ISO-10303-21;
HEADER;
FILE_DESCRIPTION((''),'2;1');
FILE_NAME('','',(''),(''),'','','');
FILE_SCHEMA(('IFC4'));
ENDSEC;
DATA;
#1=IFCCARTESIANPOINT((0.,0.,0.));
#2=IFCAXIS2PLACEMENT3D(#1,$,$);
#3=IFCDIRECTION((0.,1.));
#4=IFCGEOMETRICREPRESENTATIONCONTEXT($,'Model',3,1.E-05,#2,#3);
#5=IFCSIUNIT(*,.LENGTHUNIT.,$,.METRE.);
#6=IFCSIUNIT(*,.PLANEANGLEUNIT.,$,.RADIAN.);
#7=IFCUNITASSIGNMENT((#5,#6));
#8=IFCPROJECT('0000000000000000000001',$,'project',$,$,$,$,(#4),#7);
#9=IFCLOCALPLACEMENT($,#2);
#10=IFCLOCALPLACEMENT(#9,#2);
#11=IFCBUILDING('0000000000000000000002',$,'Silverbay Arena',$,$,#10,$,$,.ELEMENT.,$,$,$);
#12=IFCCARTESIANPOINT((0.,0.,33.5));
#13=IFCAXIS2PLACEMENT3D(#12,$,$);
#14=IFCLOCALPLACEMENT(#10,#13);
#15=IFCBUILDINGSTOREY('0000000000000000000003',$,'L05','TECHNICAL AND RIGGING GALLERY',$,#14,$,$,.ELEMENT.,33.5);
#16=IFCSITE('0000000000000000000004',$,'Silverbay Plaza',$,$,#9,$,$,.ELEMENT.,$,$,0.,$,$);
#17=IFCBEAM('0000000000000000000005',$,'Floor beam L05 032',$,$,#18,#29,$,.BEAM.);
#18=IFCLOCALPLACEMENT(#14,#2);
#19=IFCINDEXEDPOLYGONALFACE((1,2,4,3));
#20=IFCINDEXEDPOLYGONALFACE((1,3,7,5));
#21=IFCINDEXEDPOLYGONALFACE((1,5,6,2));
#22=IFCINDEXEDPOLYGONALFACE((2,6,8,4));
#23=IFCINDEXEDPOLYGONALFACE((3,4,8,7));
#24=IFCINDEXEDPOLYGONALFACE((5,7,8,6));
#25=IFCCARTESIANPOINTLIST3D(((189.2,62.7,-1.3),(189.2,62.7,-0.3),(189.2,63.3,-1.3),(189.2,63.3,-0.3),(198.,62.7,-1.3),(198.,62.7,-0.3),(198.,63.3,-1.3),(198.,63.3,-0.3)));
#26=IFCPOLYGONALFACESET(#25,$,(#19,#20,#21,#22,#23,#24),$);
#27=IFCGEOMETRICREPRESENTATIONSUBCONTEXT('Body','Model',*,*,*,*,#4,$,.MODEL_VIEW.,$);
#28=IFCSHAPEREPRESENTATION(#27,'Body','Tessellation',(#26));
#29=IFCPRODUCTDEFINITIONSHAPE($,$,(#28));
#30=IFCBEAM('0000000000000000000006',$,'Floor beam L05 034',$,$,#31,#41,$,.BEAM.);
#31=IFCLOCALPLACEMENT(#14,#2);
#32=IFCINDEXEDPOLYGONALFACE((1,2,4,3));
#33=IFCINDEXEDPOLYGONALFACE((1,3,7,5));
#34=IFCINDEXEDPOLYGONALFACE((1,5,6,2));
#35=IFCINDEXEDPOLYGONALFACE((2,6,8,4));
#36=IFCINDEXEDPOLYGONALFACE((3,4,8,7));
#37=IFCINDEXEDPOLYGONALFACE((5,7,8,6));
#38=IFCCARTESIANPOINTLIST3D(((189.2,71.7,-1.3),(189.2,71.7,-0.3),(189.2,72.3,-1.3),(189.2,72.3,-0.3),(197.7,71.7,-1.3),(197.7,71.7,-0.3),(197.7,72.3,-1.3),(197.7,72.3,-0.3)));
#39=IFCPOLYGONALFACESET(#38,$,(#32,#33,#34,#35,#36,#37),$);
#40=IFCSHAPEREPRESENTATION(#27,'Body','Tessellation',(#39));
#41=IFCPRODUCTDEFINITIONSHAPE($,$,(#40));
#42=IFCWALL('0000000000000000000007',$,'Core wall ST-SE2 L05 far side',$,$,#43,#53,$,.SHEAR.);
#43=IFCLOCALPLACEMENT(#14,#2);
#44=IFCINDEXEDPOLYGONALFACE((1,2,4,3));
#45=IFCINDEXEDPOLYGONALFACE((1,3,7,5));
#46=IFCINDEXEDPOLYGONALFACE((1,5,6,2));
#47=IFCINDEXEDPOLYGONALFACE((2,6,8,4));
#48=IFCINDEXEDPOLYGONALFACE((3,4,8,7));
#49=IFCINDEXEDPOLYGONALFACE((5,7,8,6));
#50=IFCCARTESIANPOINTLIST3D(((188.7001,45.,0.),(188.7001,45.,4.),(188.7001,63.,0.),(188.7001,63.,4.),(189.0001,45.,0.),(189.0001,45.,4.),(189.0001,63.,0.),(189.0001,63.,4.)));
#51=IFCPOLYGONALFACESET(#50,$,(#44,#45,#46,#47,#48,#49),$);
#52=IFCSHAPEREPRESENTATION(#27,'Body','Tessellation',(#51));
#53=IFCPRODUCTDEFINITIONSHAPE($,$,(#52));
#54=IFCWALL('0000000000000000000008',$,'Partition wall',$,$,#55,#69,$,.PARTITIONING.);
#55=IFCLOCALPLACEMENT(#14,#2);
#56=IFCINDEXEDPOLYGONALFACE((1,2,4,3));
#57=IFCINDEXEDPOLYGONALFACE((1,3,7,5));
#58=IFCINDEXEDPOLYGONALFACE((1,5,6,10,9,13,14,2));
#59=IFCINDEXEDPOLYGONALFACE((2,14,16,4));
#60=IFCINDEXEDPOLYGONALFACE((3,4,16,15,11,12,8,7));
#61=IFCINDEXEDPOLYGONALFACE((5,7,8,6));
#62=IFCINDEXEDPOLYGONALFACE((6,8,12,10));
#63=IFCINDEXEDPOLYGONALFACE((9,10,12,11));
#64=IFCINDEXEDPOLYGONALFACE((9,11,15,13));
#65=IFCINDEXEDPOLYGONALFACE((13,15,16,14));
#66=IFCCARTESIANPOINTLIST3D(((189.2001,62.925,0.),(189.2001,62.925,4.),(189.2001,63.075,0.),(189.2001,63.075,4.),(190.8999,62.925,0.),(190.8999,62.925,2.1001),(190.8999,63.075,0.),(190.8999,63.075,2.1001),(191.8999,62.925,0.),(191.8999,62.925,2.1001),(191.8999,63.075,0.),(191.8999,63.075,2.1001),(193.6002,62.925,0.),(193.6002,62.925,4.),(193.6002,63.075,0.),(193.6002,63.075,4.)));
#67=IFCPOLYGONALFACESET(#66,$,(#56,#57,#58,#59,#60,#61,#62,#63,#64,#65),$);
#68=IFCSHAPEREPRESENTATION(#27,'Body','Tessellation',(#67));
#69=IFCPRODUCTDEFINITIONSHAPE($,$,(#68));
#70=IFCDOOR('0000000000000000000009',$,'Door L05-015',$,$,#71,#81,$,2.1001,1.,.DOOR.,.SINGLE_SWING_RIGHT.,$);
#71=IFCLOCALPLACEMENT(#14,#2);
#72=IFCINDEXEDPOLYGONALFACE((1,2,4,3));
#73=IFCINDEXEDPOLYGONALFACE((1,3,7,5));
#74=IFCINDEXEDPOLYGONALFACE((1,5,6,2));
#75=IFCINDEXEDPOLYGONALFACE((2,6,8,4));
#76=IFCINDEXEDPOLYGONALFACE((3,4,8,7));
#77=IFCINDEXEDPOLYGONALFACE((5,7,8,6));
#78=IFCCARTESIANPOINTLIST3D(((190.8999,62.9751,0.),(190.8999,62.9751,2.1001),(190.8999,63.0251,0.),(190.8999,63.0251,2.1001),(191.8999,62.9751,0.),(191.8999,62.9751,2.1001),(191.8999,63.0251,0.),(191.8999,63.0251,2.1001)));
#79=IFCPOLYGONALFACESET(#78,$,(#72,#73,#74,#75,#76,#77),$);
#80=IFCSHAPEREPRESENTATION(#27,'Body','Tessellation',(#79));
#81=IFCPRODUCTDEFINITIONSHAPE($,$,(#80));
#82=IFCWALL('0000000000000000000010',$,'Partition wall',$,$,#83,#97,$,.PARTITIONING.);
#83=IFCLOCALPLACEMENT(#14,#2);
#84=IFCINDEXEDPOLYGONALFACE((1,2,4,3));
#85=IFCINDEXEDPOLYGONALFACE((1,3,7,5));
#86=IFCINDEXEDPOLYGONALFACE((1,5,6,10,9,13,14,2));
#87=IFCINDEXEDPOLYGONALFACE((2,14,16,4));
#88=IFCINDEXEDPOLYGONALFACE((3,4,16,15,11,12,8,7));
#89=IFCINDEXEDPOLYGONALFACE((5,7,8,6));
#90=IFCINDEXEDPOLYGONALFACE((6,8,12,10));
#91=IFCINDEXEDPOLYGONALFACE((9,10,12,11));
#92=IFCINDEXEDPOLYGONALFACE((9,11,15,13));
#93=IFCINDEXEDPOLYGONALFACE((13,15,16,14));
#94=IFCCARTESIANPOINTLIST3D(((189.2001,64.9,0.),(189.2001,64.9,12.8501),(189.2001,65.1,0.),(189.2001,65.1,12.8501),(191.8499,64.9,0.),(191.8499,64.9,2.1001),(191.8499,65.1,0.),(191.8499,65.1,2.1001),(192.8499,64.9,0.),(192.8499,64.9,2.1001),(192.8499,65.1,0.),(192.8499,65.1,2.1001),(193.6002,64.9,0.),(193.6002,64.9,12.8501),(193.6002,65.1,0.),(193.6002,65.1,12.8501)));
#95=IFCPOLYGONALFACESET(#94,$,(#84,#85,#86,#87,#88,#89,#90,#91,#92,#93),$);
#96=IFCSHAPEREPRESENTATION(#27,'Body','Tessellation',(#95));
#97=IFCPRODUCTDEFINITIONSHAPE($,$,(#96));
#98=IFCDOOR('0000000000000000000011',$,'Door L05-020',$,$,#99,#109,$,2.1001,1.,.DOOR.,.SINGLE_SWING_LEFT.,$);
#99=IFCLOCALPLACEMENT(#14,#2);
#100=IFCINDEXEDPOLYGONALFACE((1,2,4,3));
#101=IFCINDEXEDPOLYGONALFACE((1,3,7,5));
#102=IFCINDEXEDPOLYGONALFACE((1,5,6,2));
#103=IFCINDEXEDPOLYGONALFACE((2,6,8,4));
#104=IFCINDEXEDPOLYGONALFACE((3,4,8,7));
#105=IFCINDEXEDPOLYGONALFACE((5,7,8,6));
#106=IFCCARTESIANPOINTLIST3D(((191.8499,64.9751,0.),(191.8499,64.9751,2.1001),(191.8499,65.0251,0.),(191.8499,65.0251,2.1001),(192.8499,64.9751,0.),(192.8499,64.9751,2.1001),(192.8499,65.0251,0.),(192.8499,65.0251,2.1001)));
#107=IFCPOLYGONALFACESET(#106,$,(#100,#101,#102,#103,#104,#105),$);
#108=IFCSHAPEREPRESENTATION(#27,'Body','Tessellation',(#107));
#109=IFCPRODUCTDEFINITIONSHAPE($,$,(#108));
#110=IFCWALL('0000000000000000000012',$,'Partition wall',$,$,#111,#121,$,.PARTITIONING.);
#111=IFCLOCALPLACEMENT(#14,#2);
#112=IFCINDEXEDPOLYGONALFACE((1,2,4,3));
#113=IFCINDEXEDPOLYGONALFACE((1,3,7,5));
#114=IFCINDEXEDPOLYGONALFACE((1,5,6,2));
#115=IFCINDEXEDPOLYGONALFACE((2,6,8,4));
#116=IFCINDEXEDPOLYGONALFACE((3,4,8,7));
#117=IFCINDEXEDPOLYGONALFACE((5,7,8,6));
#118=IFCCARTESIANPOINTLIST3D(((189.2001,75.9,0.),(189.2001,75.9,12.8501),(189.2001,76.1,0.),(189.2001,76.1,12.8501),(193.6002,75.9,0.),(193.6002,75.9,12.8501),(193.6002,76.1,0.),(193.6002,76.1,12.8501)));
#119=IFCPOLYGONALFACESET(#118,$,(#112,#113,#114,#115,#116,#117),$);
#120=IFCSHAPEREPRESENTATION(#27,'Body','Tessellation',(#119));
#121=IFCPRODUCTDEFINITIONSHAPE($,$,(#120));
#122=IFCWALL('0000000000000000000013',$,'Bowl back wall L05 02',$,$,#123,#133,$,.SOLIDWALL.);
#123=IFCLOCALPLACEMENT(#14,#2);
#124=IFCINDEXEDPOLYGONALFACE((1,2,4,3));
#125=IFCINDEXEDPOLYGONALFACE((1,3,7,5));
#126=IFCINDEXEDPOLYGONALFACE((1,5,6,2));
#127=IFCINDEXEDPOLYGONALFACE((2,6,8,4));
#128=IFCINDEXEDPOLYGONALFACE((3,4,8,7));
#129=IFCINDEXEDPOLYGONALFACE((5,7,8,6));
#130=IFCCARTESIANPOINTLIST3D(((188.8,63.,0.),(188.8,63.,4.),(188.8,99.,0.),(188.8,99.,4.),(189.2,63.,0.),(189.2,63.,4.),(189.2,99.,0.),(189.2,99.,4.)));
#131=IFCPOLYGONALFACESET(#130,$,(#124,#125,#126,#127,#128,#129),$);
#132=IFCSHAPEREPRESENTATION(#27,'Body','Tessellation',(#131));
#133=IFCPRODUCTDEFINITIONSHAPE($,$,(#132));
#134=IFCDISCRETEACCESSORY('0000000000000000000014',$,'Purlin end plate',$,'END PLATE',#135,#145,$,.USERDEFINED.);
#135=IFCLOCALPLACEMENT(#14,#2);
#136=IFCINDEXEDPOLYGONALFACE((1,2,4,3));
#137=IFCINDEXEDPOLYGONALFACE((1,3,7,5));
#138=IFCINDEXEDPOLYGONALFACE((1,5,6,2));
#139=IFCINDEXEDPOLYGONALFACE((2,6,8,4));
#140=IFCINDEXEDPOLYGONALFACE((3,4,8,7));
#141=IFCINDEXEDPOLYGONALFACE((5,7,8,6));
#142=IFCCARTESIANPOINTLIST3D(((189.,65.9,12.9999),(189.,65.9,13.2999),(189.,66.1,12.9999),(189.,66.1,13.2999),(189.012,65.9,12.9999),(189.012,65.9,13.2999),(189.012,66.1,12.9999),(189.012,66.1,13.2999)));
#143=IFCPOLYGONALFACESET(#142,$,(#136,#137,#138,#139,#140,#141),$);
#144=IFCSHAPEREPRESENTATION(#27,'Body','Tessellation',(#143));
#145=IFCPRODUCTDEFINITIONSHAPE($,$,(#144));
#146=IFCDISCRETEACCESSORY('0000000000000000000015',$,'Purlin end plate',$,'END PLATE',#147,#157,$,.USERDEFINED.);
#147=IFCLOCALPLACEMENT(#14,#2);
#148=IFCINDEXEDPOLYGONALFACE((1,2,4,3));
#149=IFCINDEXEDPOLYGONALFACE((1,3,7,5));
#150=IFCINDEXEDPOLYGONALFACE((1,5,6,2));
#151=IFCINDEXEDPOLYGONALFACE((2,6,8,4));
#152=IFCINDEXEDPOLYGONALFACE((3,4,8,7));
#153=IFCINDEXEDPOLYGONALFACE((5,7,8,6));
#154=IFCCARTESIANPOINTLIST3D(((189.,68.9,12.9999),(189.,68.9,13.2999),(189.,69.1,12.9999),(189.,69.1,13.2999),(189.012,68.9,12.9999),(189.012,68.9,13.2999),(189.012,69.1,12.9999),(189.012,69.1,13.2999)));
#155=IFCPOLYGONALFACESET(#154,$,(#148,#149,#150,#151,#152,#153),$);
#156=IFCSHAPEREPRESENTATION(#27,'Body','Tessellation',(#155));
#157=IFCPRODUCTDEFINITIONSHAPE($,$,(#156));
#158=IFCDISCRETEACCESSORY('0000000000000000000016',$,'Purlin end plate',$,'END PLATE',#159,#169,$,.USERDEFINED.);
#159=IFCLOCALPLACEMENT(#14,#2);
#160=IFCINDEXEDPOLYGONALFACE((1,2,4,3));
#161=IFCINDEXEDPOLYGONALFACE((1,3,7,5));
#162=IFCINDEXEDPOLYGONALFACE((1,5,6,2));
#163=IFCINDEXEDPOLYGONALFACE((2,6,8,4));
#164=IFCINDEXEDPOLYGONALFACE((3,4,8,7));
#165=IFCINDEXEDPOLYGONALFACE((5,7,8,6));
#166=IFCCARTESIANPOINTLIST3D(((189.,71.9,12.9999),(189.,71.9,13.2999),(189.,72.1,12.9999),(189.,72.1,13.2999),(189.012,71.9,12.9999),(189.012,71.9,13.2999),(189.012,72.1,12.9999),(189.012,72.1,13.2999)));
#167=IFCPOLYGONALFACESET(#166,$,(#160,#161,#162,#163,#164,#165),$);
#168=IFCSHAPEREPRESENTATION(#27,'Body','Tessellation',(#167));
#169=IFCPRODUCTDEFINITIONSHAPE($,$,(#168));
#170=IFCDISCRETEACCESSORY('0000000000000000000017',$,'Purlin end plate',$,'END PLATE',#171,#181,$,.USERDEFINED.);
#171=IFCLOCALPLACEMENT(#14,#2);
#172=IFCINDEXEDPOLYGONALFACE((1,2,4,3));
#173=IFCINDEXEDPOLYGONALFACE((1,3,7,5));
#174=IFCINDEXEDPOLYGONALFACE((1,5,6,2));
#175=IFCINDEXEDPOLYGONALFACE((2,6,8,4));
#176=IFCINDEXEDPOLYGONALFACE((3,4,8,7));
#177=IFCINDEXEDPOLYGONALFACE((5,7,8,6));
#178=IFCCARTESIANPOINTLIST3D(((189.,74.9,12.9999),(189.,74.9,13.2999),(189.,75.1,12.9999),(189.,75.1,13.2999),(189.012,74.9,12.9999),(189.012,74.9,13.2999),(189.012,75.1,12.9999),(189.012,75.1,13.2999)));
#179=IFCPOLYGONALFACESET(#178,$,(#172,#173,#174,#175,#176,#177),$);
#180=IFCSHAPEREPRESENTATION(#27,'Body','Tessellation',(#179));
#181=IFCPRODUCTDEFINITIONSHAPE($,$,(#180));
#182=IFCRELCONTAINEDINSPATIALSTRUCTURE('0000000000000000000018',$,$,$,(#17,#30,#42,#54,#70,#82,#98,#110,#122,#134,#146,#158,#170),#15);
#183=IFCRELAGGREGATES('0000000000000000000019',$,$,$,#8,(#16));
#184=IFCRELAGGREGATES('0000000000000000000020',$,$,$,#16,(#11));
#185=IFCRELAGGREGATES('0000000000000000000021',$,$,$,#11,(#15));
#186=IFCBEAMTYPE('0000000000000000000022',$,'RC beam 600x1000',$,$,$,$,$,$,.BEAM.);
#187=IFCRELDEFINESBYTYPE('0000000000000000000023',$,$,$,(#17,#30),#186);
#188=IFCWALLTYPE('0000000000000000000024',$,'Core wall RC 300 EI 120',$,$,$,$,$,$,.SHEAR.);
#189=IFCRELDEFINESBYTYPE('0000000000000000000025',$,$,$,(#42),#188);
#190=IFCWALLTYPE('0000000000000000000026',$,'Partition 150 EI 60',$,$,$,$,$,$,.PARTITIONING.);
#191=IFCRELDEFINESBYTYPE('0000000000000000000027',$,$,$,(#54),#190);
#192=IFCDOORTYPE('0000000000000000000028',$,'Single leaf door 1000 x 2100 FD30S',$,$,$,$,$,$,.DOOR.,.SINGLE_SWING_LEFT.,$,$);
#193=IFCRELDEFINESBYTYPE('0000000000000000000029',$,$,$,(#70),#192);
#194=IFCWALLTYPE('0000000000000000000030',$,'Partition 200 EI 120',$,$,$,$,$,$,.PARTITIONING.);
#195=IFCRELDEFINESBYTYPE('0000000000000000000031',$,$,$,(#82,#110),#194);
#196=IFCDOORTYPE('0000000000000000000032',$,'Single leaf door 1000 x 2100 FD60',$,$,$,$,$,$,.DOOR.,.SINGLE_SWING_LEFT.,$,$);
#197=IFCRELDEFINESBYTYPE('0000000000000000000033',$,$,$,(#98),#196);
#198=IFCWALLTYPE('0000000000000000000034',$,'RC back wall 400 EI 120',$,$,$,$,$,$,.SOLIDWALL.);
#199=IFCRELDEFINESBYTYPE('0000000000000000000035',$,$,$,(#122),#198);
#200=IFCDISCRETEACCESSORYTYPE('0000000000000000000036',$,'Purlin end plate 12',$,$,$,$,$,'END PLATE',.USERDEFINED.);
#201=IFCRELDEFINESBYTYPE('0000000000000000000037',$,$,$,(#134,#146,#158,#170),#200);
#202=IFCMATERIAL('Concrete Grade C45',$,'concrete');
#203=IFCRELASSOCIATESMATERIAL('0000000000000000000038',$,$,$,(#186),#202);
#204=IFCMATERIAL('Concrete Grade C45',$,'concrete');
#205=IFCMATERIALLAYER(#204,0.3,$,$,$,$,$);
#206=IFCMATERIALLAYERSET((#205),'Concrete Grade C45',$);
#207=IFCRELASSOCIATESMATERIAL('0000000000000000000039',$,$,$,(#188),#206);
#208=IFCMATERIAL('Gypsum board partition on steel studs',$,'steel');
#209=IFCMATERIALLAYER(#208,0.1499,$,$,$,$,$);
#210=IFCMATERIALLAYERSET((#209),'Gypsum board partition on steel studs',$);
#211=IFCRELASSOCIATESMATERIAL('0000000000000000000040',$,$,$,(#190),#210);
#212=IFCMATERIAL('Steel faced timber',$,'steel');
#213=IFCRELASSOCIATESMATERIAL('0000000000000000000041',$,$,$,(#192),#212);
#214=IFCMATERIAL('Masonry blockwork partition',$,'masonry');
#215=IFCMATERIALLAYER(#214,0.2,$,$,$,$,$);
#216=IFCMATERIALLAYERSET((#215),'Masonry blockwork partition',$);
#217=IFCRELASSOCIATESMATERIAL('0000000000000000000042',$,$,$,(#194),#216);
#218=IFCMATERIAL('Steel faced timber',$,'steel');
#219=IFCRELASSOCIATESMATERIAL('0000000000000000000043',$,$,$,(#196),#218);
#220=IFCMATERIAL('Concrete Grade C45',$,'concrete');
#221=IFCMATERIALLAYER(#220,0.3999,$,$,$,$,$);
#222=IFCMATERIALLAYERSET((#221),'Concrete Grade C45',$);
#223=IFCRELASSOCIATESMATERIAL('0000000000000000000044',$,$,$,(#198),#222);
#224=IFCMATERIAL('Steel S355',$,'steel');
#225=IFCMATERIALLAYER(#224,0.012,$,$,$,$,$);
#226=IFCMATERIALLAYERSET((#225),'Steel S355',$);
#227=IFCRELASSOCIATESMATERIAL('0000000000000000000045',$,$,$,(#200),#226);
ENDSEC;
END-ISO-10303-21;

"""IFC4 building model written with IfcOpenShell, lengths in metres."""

from ifc_helpers import new_model, si_unit, direction, frame, frame_2d, origin, origin_2d, place, context, subcontext, project, spatial, rectangle, extrude, material, layer, layer_set, material_profile, profile_set, type_object, element, fill, save


model = new_model("IFC4")

# Units and contexts
model_context = context("Model", 3, precision=1e-05, world=origin(), true_north=direction((0.0, 1.0)))
body_context = subcontext(model_context, "Body", "Model", "MODEL_VIEW")
ifc_project = project(units=[si_unit("LENGTHUNIT", "METRE"), si_unit("PLANEANGLEUNIT", "RADIAN")], contexts=[model_context])

# Site, building, storey
site_placement = place(None, origin())
site = spatial("IfcSite", under=ifc_project, at=site_placement, Name="Silverbay Plaza", CompositionType="ELEMENT", RefElevation=0.0)
building_placement = place(site_placement, origin())
building = spatial("IfcBuilding", under=site, at=building_placement, Name="Silverbay Arena", CompositionType="ELEMENT")
storey_placement = place(building_placement, frame((0.0, 0.0, 33.5)))
storey = spatial("IfcBuildingStorey", under=building, at=storey_placement, Name="L05", Description="TECHNICAL AND RIGGING GALLERY", CompositionType="ELEMENT", Elevation=33.5)

# Beams
ifc_material_1 = material(Name="Concrete Grade C45", Category="concrete")
ifc_material_profile_1 = material_profile(ifc_material_1, rectangle(XDim=0.6001, YDim=1.0, at=origin_2d()), Name="RC 600x1000")
ifc_profile_set_1 = profile_set([ifc_material_profile_1], Name="Concrete Grade C45")
beam_type = type_object("IfcBeamType", Name="RC beam 600x1000", PredefinedType="BEAM", material=ifc_profile_set_1)
beam_1_placement = place(storey_placement, frame((189.2, 63.0, -0.8), z_axis=(1.0, 0.0, 0.0), x_axis=(0.0, 1.0, 0.0)))
element("IfcBeam", 1, at=beam_1_placement, inside=storey, type_object=beam_type, Name="Floor beam L05 032", PredefinedType="BEAM", context=body_context, shape_type="SweptSolid", body=[
    extrude(rectangle(XDim=0.6001, YDim=1.0, at=origin_2d()), origin(), (0.0, 0.0, 1.0), 8.8),
])
beam_2_placement = place(storey_placement, frame((189.2, 72.0, -0.8), z_axis=(1.0, 0.0, 0.0), x_axis=(0.0, 1.0, 0.0)))
element("IfcBeam", 2, at=beam_2_placement, inside=storey, type_object=beam_type, Name="Floor beam L05 034", PredefinedType="BEAM", context=body_context, shape_type="SweptSolid", body=[
    extrude(rectangle(XDim=0.6001, YDim=1.0, at=origin_2d()), origin(), (0.0, 0.0, 1.0), 8.5),
])

# Wall
ifc_material_2 = material(Name="Concrete Grade C45", Category="concrete")
ifc_layer_1 = layer(ifc_material_2, 0.3)
ifc_layer_set_1 = layer_set([ifc_layer_1], Name="Concrete Grade C45")
wall_type_1 = type_object("IfcWallType", Name="Core wall RC 300 EI 120", PredefinedType="SHEAR", material=ifc_layer_set_1)
wall_1_placement = place(storey_placement, frame((188.8501, 63.0, 0.0), z_axis=(0.0, 0.0, 1.0), x_axis=(0.0, -1.0, 0.0)))
element("IfcWall", 3, at=wall_1_placement, inside=storey, type_object=wall_type_1, Name="Core wall ST-SE2 L05 far side", PredefinedType="SHEAR", context=body_context, shape_type="SweptSolid", body=[
    extrude(rectangle(XDim=18.0, YDim=0.3, at=frame_2d((9.0, 0.0))), origin(), (0.0, 0.0, 1.0), 4.0),
])

# Walls, openings, doors
ifc_material_3 = material(Name="Gypsum board partition on steel studs", Category="steel")
ifc_layer_2 = layer(ifc_material_3, 0.1499)
ifc_layer_set_2 = layer_set([ifc_layer_2], Name="Gypsum board partition on steel studs")
wall_type_2 = type_object("IfcWallType", Name="Partition 150 EI 60", PredefinedType="PARTITIONING", material=ifc_layer_set_2)
wall_2_placement = place(storey_placement, frame((189.2, 63.0, 0.0), z_axis=(0.0, 0.0, 1.0), x_axis=(1.0, 0.0, 0.0)))
wall_2 = element("IfcWall", 4, at=wall_2_placement, inside=storey, type_object=wall_type_2, Name="Partition wall", PredefinedType="PARTITIONING", context=body_context, shape_type="SweptSolid", body=[
    extrude(rectangle(XDim=4.4001, YDim=0.1499, at=frame_2d((2.2002, 0.0))), origin(), (0.0, 0.0, 1.0), 4.0),
])
opening_1_placement = place(wall_2_placement, frame((1.7, 0.0, 0.0)))
opening_1 = element("IfcOpeningElement", 5, at=opening_1_placement, cuts=wall_2, PredefinedType="OPENING", context=body_context, shape_type="SweptSolid", body=[
    extrude(rectangle(XDim=1.0, YDim=2.1001, at=frame_2d((0.5, 1.05))), frame((0.0, 0.085, 0.0), z_axis=(0.0, -1.0, 0.0), x_axis=(1.0, 0.0, 0.0)), (0.0, 0.0, 1.0), 0.1699),
])
ifc_material_4 = material(Name="Steel faced timber", Category="steel")
door_type_1 = type_object("IfcDoorType", Name="Single leaf door 1000 x 2100 FD30S", OperationType="SINGLE_SWING_LEFT", PredefinedType="DOOR", material=ifc_material_4)
door_1_placement = place(opening_1_placement, frame((1.0, 0.0, 0.0), z_axis=(0.0, 0.0, 1.0), x_axis=(-1.0, 0.0, 0.0)))
door_1 = element("IfcDoor", 6, at=door_1_placement, inside=storey, type_object=door_type_1, Name="Door L05-015", OperationType="SINGLE_SWING_RIGHT", OverallHeight=2.1001, OverallWidth=1.0, PredefinedType="DOOR", context=body_context, shape_type="SweptSolid", body=[
    extrude(rectangle(XDim=1.0, YDim=2.1001, at=frame_2d((0.5, 1.05))), frame((0.0, 0.0249, 0.0), z_axis=(0.0, -1.0, 0.0), x_axis=(1.0, 0.0, 0.0)), (0.0, 0.0, 1.0), 0.05),
])
fill(opening_1, door_1)
ifc_material_5 = material(Name="Masonry blockwork partition", Category="masonry")
ifc_layer_3 = layer(ifc_material_5, 0.2)
ifc_layer_set_3 = layer_set([ifc_layer_3], Name="Masonry blockwork partition")
wall_type_3 = type_object("IfcWallType", Name="Partition 200 EI 120", PredefinedType="PARTITIONING", material=ifc_layer_set_3)
wall_3_placement = place(storey_placement, frame((189.2, 65.0, 0.0), z_axis=(0.0, 0.0, 1.0), x_axis=(1.0, 0.0, 0.0)))
wall_3 = element("IfcWall", 7, at=wall_3_placement, inside=storey, type_object=wall_type_3, Name="Partition wall", PredefinedType="PARTITIONING", context=body_context, shape_type="SweptSolid", body=[
    extrude(rectangle(XDim=4.4001, YDim=0.2, at=frame_2d((2.2002, 0.0))), origin(), (0.0, 0.0, 1.0), 12.8501),
])
opening_2_placement = place(wall_3_placement, frame((2.6499, 0.0, 0.0)))
opening_2 = element("IfcOpeningElement", 8, at=opening_2_placement, cuts=wall_3, PredefinedType="OPENING", context=body_context, shape_type="SweptSolid", body=[
    extrude(rectangle(XDim=1.0, YDim=2.1001, at=frame_2d((0.5, 1.05))), frame((0.0, 0.1099, 0.0), z_axis=(0.0, -1.0, 0.0), x_axis=(1.0, 0.0, 0.0)), (0.0, 0.0, 1.0), 0.22),
])
ifc_material_6 = material(Name="Steel faced timber", Category="steel")
door_type_2 = type_object("IfcDoorType", Name="Single leaf door 1000 x 2100 FD60", OperationType="SINGLE_SWING_LEFT", PredefinedType="DOOR", material=ifc_material_6)
door_2_placement = place(opening_2_placement, frame((1.0, 0.0, 0.0), z_axis=(0.0, 0.0, 1.0), x_axis=(-1.0, 0.0, 0.0)))
door_2 = element("IfcDoor", 9, at=door_2_placement, inside=storey, type_object=door_type_2, Name="Door L05-020", OperationType="SINGLE_SWING_LEFT", OverallHeight=2.1001, OverallWidth=1.0, PredefinedType="DOOR", context=body_context, shape_type="SweptSolid", body=[
    extrude(rectangle(XDim=1.0, YDim=2.1001, at=frame_2d((0.5, 1.05))), frame((0.0, 0.0249, 0.0), z_axis=(0.0, -1.0, 0.0), x_axis=(1.0, 0.0, 0.0)), (0.0, 0.0, 1.0), 0.05),
])
fill(opening_2, door_2)

# Walls
wall_4_placement = place(storey_placement, frame((189.2, 76.0, 0.0), z_axis=(0.0, 0.0, 1.0), x_axis=(1.0, 0.0, 0.0)))
element("IfcWall", 10, at=wall_4_placement, inside=storey, type_object=wall_type_3, Name="Partition wall", PredefinedType="PARTITIONING", context=body_context, shape_type="SweptSolid", body=[
    extrude(rectangle(XDim=4.4001, YDim=0.2, at=frame_2d((2.2002, 0.0))), origin(), (0.0, 0.0, 1.0), 12.8501),
])
ifc_material_7 = material(Name="Concrete Grade C45", Category="concrete")
ifc_layer_4 = layer(ifc_material_7, 0.3999)
ifc_layer_set_4 = layer_set([ifc_layer_4], Name="Concrete Grade C45")
wall_type_4 = type_object("IfcWallType", Name="RC back wall 400 EI 120", PredefinedType="SOLIDWALL", material=ifc_layer_set_4)
wall_5_placement = place(storey_placement, frame((189.0, 63.0, 0.0), z_axis=(0.0, 0.0, 1.0), x_axis=(0.0, 1.0, 0.0)))
element("IfcWall", 11, at=wall_5_placement, inside=storey, type_object=wall_type_4, Name="Bowl back wall L05 02", PredefinedType="SOLIDWALL", context=body_context, shape_type="SweptSolid", body=[
    extrude(rectangle(XDim=36.0, YDim=0.3999, at=frame_2d((18.0, 0.0))), origin(), (0.0, 0.0, 1.0), 4.0),
])

# Discrete accessories
ifc_material_8 = material(Name="Steel S355", Category="steel")
ifc_layer_5 = layer(ifc_material_8, 0.012)
ifc_layer_set_5 = layer_set([ifc_layer_5], Name="Steel S355")
discrete_accessory_type = type_object("IfcDiscreteAccessoryType", Name="Purlin end plate 12", ElementType="END PLATE", PredefinedType="USERDEFINED", material=ifc_layer_set_5)
for number, where, z_axis, x_axis, name in (
    (12, (189.0, 66.0, 13.1499), (1.0, 0.0, 0.0), (0.0, 1.0, 0.0), "Purlin end plate"),
    (13, (189.0, 69.0, 13.1499), (1.0, 0.0, 0.0), (0.0, 1.0, 0.0), "Purlin end plate"),
    (14, (189.0, 72.0, 13.1499), (1.0, 0.0, 0.0), (0.0, 1.0, 0.0), "Purlin end plate"),
    (15, (189.0, 75.0, 13.1499), (1.0, 0.0, 0.0), (0.0, 1.0, 0.0), "Purlin end plate"),
):
    element("IfcDiscreteAccessory", number, at=place(storey_placement, frame(where, z_axis=z_axis, x_axis=x_axis)), inside=storey, type_object=discrete_accessory_type, Name=name, ObjectType="END PLATE", PredefinedType="USERDEFINED", context=body_context, shape_type="SweptSolid", body=[
        extrude(rectangle(XDim=0.2, YDim=0.3, at=origin_2d()), origin(), (0.0, 0.0, 1.0), 0.012),
    ])

save(model, "model.ifc")
